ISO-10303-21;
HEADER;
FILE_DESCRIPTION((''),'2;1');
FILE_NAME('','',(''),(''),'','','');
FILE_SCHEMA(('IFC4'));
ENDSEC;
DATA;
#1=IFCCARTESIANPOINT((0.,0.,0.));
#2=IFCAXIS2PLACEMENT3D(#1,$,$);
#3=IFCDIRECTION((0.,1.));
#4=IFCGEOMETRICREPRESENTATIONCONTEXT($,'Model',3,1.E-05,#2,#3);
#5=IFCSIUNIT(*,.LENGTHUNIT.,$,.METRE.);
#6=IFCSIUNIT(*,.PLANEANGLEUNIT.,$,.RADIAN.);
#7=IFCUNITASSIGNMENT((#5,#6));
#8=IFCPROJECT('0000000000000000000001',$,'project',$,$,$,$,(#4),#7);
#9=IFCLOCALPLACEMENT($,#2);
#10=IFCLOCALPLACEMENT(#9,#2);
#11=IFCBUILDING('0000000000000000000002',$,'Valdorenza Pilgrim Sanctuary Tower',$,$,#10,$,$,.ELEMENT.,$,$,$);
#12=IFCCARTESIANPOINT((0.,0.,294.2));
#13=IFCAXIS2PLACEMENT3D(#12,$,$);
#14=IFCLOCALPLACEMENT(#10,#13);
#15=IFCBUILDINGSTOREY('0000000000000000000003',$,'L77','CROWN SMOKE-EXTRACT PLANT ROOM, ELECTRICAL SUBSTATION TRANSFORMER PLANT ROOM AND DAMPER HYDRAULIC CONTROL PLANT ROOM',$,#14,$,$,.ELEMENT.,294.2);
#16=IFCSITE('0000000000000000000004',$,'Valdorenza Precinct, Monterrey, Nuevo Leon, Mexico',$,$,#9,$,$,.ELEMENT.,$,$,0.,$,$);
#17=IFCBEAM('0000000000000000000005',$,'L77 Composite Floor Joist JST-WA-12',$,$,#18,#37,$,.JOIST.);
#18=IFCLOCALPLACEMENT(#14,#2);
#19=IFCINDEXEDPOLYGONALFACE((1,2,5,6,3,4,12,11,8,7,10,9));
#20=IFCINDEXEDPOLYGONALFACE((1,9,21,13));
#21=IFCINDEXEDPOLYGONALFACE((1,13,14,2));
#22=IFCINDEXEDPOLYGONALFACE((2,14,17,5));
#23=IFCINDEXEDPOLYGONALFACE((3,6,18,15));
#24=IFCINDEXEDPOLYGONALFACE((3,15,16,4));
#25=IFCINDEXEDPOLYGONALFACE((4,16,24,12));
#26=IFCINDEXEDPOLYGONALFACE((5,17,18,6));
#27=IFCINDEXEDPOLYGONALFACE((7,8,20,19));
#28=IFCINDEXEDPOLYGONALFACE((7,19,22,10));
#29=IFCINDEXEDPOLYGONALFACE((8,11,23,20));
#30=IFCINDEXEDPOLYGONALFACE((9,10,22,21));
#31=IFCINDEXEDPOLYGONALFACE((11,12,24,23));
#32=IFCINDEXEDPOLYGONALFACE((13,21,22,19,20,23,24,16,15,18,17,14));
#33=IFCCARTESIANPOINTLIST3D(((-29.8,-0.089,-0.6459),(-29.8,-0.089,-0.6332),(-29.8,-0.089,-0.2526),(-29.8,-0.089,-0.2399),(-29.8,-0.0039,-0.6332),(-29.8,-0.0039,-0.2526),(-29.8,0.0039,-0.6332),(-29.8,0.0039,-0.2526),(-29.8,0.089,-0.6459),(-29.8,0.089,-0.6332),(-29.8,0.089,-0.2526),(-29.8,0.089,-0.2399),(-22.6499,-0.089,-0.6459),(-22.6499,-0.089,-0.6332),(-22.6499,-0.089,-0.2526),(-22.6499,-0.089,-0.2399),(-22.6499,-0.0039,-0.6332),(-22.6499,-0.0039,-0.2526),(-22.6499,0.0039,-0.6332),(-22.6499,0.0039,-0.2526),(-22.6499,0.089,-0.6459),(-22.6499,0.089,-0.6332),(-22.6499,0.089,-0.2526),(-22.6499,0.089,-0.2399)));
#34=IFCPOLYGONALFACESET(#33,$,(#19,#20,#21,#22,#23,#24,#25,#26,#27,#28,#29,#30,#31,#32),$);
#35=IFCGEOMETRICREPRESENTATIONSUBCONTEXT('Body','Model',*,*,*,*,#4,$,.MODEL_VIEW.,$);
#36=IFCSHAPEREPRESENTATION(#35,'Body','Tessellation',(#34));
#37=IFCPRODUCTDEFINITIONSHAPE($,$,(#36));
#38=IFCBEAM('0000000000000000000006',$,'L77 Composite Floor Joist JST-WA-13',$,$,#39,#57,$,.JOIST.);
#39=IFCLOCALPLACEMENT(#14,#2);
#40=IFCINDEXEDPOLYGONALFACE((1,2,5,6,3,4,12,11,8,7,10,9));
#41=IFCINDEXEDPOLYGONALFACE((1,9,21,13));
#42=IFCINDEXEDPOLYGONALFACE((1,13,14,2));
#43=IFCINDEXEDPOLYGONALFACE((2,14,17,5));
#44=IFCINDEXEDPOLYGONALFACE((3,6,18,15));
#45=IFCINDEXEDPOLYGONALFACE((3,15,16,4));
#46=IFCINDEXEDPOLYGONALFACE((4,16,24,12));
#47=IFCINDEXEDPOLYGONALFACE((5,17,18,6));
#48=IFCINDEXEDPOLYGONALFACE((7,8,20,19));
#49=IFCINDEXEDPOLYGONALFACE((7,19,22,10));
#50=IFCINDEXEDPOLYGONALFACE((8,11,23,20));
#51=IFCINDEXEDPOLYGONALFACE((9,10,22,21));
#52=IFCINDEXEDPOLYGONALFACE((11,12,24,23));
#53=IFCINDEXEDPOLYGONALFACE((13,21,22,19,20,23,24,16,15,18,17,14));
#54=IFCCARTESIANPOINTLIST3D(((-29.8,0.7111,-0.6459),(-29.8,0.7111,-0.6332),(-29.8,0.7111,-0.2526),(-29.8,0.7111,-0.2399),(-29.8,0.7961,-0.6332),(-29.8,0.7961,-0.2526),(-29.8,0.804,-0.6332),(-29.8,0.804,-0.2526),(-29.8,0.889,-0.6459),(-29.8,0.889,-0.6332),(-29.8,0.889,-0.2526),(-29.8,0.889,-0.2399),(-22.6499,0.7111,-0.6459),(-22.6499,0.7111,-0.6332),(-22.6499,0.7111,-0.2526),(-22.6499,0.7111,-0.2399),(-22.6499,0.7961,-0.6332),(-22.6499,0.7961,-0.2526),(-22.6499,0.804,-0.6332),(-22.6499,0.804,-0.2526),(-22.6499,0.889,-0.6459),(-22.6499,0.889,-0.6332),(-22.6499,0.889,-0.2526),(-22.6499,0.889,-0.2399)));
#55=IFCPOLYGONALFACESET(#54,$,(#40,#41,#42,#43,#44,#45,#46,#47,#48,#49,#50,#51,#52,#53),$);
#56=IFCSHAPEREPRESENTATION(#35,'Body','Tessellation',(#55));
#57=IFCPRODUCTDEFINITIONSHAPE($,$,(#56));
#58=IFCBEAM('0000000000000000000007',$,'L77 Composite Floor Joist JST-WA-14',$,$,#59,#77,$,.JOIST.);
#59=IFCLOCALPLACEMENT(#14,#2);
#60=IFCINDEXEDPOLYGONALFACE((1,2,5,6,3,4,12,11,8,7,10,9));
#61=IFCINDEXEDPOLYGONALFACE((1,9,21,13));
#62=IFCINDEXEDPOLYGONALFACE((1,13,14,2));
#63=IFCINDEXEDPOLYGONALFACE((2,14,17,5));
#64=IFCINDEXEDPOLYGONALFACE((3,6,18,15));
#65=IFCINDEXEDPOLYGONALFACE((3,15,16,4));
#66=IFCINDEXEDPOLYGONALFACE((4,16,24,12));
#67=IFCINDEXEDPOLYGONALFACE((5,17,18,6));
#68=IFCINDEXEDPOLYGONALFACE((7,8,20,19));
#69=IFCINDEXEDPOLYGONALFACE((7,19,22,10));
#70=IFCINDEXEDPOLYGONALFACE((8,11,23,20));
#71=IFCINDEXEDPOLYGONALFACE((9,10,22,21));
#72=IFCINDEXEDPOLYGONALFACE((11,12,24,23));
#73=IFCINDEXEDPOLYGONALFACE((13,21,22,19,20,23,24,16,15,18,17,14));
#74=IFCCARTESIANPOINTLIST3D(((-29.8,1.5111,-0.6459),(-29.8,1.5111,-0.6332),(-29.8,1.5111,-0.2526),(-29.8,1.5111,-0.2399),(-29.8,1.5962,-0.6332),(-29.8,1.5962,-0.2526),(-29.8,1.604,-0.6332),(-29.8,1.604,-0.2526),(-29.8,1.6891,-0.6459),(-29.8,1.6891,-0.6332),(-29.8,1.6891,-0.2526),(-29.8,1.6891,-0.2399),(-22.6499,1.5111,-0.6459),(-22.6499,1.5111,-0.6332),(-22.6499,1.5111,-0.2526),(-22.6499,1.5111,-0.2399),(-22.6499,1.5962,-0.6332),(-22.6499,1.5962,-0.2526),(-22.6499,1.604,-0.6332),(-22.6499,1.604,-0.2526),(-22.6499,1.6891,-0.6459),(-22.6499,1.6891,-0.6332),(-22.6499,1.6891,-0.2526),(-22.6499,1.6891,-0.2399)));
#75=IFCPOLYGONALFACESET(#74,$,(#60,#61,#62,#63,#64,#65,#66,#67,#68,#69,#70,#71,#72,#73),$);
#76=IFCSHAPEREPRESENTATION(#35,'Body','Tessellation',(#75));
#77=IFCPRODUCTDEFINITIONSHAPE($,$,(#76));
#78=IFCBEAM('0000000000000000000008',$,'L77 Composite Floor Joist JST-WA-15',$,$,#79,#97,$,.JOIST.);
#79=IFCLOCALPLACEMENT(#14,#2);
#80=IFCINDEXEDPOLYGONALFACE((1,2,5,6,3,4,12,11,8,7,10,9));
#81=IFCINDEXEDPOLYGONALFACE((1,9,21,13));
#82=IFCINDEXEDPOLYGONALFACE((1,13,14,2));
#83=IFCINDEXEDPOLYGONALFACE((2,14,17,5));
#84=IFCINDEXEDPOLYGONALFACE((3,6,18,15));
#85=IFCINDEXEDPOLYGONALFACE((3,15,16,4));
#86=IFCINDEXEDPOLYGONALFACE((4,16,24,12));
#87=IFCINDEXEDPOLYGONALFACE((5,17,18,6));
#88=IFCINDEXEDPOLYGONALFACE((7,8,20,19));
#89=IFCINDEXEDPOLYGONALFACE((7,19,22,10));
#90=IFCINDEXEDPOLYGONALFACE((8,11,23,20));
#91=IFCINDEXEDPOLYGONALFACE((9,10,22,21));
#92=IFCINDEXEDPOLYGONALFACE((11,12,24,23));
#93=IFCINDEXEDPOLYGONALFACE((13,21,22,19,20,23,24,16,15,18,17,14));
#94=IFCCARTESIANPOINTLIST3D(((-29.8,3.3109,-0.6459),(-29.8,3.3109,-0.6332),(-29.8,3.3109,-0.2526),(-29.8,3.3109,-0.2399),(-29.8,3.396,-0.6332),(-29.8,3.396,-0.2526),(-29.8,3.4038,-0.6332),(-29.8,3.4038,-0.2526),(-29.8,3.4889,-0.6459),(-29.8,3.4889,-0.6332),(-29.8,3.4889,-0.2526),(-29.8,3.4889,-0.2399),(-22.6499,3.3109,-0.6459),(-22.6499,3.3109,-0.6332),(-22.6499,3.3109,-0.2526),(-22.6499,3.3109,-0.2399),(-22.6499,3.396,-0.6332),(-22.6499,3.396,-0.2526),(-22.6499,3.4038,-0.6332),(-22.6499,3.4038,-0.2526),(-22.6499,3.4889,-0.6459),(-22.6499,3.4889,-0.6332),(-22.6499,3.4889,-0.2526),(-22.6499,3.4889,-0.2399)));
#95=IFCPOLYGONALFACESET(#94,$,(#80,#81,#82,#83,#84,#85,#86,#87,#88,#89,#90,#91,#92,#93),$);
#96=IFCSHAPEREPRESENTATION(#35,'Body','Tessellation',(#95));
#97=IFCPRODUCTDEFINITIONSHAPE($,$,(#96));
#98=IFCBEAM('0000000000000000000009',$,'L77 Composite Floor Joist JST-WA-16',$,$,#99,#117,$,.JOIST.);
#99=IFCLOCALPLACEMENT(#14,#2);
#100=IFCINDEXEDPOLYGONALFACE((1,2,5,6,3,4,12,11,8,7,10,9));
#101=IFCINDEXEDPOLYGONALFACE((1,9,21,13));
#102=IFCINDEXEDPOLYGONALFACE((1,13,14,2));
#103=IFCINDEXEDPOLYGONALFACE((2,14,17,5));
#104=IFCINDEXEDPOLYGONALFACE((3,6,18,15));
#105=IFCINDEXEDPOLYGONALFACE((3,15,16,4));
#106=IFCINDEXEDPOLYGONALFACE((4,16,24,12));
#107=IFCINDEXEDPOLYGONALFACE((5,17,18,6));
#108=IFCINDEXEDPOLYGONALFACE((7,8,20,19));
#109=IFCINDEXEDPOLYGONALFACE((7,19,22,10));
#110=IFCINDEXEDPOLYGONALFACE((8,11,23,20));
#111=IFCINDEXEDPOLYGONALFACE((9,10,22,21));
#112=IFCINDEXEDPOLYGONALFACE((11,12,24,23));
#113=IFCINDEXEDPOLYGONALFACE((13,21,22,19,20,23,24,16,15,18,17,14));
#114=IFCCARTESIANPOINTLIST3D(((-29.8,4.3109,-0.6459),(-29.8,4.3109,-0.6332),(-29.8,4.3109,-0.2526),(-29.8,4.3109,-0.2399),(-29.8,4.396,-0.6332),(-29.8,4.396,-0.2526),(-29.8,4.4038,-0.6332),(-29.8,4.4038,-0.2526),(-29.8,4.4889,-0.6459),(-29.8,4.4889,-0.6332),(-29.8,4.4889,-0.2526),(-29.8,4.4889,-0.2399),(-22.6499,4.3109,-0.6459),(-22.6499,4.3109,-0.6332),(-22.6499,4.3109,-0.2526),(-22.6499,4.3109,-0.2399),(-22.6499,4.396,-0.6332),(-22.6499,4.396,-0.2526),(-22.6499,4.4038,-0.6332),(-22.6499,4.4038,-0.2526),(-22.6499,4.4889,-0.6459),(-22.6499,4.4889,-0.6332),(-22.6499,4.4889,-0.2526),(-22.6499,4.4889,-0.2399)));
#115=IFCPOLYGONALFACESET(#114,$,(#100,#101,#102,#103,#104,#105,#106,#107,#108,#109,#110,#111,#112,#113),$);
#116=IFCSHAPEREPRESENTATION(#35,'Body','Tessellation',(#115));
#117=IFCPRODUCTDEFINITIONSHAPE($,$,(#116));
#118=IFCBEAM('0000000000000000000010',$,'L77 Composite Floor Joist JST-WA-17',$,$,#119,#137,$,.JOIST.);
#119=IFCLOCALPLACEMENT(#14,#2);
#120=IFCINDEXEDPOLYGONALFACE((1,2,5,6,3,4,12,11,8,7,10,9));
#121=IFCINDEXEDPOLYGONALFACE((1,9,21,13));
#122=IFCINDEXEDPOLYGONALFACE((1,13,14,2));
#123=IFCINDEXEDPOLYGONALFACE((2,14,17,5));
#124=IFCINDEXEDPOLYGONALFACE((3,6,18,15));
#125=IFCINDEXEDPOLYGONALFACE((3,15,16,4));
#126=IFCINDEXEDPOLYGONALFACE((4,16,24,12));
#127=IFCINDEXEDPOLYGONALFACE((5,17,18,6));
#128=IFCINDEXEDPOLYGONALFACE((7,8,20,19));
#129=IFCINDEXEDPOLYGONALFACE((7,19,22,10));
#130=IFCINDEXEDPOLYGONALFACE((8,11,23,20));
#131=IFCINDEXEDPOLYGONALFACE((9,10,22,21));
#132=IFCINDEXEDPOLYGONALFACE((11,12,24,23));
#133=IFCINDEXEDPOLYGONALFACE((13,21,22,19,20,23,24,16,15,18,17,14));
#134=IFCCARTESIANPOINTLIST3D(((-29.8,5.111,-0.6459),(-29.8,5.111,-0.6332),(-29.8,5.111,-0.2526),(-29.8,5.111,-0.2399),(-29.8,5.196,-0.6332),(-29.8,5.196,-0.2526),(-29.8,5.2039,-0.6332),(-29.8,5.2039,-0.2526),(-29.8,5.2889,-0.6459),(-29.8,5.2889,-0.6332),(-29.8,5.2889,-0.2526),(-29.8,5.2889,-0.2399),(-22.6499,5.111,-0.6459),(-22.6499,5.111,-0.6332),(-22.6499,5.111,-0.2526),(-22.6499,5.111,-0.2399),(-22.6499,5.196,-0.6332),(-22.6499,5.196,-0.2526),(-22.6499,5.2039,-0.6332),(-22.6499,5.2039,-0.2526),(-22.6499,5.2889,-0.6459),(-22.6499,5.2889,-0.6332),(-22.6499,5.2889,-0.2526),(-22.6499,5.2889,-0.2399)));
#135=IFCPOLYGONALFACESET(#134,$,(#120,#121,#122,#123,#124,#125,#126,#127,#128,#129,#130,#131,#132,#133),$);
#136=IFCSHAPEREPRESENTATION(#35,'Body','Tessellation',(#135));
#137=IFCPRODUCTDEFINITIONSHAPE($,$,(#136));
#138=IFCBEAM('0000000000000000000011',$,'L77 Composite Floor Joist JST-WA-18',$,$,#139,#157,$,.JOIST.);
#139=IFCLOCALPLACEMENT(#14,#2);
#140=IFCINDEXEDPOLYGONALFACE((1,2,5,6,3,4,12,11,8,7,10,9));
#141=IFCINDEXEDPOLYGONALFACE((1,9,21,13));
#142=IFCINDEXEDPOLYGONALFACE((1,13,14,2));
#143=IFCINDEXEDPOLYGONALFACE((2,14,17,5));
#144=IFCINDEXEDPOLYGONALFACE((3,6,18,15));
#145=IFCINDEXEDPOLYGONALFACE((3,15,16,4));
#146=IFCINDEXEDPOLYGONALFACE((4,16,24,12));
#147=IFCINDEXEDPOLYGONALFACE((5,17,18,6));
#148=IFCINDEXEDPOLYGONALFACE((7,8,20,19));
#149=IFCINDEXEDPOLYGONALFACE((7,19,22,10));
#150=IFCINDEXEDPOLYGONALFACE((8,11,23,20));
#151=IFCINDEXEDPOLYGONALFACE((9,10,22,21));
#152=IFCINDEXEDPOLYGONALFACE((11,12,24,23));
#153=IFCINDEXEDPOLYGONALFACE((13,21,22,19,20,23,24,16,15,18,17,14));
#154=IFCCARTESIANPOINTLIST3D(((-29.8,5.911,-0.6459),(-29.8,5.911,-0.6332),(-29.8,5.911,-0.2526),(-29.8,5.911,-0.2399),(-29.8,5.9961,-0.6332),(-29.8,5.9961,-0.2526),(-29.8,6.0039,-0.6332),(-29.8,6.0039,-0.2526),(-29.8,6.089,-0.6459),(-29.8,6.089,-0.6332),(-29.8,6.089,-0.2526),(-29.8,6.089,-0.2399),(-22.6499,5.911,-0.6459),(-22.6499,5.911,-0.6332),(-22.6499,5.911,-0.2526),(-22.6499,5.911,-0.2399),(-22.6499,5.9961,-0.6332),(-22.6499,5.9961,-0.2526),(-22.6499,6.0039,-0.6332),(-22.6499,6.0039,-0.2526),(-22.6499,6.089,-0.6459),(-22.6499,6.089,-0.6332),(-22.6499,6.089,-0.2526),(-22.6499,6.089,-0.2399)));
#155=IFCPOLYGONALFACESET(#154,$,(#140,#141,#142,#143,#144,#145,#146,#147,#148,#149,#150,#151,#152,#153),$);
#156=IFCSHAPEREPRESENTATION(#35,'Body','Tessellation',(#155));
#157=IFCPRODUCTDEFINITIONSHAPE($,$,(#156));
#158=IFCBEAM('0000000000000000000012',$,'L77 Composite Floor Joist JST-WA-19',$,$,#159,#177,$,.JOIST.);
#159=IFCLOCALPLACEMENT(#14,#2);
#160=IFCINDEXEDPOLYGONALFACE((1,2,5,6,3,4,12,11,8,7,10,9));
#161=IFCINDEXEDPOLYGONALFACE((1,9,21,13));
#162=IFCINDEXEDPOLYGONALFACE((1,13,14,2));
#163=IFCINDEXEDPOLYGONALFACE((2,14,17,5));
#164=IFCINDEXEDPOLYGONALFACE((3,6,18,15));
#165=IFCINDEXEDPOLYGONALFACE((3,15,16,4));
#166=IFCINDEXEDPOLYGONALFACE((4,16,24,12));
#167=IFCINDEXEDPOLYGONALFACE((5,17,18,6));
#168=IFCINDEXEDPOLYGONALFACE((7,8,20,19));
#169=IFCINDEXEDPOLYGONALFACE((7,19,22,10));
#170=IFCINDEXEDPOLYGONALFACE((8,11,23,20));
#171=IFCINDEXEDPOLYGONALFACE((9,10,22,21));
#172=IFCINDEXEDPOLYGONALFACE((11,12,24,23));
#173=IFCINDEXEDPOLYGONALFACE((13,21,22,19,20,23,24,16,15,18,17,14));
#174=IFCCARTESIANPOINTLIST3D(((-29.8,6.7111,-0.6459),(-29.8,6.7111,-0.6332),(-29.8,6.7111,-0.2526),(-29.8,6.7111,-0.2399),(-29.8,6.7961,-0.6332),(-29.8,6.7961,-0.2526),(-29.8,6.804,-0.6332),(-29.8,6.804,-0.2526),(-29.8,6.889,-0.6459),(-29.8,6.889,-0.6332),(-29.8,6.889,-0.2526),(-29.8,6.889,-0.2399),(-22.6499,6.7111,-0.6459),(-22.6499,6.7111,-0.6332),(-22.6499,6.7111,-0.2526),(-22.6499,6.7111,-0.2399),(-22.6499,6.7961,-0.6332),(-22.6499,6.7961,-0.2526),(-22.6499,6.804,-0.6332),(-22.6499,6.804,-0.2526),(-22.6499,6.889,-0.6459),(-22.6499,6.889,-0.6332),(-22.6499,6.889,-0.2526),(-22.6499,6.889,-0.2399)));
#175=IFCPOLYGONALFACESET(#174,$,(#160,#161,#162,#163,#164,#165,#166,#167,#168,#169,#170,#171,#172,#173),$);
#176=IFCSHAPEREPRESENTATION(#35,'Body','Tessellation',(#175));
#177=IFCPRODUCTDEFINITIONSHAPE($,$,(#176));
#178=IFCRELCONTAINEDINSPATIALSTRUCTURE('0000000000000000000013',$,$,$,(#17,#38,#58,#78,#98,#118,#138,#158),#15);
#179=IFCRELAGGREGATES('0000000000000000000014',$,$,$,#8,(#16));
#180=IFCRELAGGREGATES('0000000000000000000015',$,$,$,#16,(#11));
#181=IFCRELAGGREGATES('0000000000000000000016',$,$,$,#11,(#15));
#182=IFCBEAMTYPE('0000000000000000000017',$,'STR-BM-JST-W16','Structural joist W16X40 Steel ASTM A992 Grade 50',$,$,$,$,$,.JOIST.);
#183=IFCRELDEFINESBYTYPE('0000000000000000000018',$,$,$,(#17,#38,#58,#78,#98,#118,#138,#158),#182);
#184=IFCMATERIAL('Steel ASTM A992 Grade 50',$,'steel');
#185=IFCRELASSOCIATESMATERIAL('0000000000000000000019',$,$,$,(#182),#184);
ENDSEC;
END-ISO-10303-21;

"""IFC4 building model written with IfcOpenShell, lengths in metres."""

from ifc_helpers import new_model, si_unit, direction, frame, origin, origin_2d, place, context, subcontext, project, spatial, i_section, extrude, source, transform, mapped, material, material_profile, profile_set, type_object, element, save


model = new_model("IFC4")

# Units and contexts
model_context = context("Model", 3, precision=1e-05, world=origin(), true_north=direction((0.0, 1.0)))
body_context = subcontext(model_context, "Body", "Model", "MODEL_VIEW")
ifc_project = project(units=[si_unit("LENGTHUNIT", "METRE"), si_unit("PLANEANGLEUNIT", "RADIAN")], contexts=[model_context])

# Site, building, storey
site_placement = place(None, origin())
site = spatial("IfcSite", under=ifc_project, at=site_placement, Name="Valdorenza Precinct, Monterrey, Nuevo Leon, Mexico", CompositionType="ELEMENT", RefElevation=0.0)
building_placement = place(site_placement, origin())
building = spatial("IfcBuilding", under=site, at=building_placement, Name="Valdorenza Pilgrim Sanctuary Tower", CompositionType="ELEMENT")
storey_placement = place(building_placement, frame((0.0, 0.0, 294.2)))
storey = spatial("IfcBuildingStorey", under=building, at=storey_placement, Name="L77", Description="CROWN SMOKE-EXTRACT PLANT ROOM, ELECTRICAL SUBSTATION TRANSFORMER PLANT ROOM AND DAMPER HYDRAULIC CONTROL PLANT ROOM", CompositionType="ELEMENT", Elevation=294.2)

# Beams
ifc_material_1 = material(Name="Steel ASTM A992 Grade 50", Category="steel")
ifc_material_profile_1 = material_profile(ifc_material_1, i_section(OverallWidth=0.178, OverallDepth=0.406, WebThickness=0.0078, FlangeThickness=0.0127, at=origin_2d()), Name="W16X40")
ifc_profile_set_1 = profile_set([ifc_material_profile_1], Name="Steel ASTM A992 Grade 50")
beam_type = type_object("IfcBeamType", Name="STR-BM-JST-W16", Description="Structural joist W16X40 Steel ASTM A992 Grade 50", PredefinedType="JOIST", material=ifc_profile_set_1)
shared_shape_1 = source(origin(), body_context, "Body", "SweptSolid", [
    extrude(i_section(OverallWidth=0.178, OverallDepth=0.406, WebThickness=0.0078, FlangeThickness=0.0127, at=origin_2d()), origin(), (0.0, 0.0, 1.0), 7.1501),
])
for number, where, z_axis, x_axis, name in (
    (1, (-29.8, 0.0, -0.4429), (1.0, 0.0, 0.0), (0.0, 1.0, 0.0), "L77 Composite Floor Joist JST-WA-12"),
    (2, (-29.8, 0.8, -0.4429), (1.0, 0.0, 0.0), (0.0, 1.0, 0.0), "L77 Composite Floor Joist JST-WA-13"),
    (3, (-29.8, 1.6001, -0.4429), (1.0, 0.0, 0.0), (0.0, 1.0, 0.0), "L77 Composite Floor Joist JST-WA-14"),
    (4, (-29.8, 3.3999, -0.4429), (1.0, 0.0, 0.0), (0.0, 1.0, 0.0), "L77 Composite Floor Joist JST-WA-15"),
    (5, (-29.8, 4.3999, -0.4429), (1.0, 0.0, 0.0), (0.0, 1.0, 0.0), "L77 Composite Floor Joist JST-WA-16"),
    (6, (-29.8, 5.2, -0.4429), (1.0, 0.0, 0.0), (0.0, 1.0, 0.0), "L77 Composite Floor Joist JST-WA-17"),
    (7, (-29.8, 6.0, -0.4429), (1.0, 0.0, 0.0), (0.0, 1.0, 0.0), "L77 Composite Floor Joist JST-WA-18"),
    (8, (-29.8, 6.8, -0.4429), (1.0, 0.0, 0.0), (0.0, 1.0, 0.0), "L77 Composite Floor Joist JST-WA-19"),
):
    element("IfcBeam", number, at=place(storey_placement, frame(where, z_axis=z_axis, x_axis=x_axis)), inside=storey, type_object=beam_type, Name=name, PredefinedType="JOIST", context=body_context, shape_type="MappedRepresentation", body=[
        mapped(shared_shape_1, transform((0.0, 0.0, 0.0), x_axis=(1.0, 0.0, 0.0), y_axis=(0.0, 1.0, 0.0), z_axis=(0.0, 0.0, 1.0), scale=1.0)),
    ])

save(model, "model.ifc")
